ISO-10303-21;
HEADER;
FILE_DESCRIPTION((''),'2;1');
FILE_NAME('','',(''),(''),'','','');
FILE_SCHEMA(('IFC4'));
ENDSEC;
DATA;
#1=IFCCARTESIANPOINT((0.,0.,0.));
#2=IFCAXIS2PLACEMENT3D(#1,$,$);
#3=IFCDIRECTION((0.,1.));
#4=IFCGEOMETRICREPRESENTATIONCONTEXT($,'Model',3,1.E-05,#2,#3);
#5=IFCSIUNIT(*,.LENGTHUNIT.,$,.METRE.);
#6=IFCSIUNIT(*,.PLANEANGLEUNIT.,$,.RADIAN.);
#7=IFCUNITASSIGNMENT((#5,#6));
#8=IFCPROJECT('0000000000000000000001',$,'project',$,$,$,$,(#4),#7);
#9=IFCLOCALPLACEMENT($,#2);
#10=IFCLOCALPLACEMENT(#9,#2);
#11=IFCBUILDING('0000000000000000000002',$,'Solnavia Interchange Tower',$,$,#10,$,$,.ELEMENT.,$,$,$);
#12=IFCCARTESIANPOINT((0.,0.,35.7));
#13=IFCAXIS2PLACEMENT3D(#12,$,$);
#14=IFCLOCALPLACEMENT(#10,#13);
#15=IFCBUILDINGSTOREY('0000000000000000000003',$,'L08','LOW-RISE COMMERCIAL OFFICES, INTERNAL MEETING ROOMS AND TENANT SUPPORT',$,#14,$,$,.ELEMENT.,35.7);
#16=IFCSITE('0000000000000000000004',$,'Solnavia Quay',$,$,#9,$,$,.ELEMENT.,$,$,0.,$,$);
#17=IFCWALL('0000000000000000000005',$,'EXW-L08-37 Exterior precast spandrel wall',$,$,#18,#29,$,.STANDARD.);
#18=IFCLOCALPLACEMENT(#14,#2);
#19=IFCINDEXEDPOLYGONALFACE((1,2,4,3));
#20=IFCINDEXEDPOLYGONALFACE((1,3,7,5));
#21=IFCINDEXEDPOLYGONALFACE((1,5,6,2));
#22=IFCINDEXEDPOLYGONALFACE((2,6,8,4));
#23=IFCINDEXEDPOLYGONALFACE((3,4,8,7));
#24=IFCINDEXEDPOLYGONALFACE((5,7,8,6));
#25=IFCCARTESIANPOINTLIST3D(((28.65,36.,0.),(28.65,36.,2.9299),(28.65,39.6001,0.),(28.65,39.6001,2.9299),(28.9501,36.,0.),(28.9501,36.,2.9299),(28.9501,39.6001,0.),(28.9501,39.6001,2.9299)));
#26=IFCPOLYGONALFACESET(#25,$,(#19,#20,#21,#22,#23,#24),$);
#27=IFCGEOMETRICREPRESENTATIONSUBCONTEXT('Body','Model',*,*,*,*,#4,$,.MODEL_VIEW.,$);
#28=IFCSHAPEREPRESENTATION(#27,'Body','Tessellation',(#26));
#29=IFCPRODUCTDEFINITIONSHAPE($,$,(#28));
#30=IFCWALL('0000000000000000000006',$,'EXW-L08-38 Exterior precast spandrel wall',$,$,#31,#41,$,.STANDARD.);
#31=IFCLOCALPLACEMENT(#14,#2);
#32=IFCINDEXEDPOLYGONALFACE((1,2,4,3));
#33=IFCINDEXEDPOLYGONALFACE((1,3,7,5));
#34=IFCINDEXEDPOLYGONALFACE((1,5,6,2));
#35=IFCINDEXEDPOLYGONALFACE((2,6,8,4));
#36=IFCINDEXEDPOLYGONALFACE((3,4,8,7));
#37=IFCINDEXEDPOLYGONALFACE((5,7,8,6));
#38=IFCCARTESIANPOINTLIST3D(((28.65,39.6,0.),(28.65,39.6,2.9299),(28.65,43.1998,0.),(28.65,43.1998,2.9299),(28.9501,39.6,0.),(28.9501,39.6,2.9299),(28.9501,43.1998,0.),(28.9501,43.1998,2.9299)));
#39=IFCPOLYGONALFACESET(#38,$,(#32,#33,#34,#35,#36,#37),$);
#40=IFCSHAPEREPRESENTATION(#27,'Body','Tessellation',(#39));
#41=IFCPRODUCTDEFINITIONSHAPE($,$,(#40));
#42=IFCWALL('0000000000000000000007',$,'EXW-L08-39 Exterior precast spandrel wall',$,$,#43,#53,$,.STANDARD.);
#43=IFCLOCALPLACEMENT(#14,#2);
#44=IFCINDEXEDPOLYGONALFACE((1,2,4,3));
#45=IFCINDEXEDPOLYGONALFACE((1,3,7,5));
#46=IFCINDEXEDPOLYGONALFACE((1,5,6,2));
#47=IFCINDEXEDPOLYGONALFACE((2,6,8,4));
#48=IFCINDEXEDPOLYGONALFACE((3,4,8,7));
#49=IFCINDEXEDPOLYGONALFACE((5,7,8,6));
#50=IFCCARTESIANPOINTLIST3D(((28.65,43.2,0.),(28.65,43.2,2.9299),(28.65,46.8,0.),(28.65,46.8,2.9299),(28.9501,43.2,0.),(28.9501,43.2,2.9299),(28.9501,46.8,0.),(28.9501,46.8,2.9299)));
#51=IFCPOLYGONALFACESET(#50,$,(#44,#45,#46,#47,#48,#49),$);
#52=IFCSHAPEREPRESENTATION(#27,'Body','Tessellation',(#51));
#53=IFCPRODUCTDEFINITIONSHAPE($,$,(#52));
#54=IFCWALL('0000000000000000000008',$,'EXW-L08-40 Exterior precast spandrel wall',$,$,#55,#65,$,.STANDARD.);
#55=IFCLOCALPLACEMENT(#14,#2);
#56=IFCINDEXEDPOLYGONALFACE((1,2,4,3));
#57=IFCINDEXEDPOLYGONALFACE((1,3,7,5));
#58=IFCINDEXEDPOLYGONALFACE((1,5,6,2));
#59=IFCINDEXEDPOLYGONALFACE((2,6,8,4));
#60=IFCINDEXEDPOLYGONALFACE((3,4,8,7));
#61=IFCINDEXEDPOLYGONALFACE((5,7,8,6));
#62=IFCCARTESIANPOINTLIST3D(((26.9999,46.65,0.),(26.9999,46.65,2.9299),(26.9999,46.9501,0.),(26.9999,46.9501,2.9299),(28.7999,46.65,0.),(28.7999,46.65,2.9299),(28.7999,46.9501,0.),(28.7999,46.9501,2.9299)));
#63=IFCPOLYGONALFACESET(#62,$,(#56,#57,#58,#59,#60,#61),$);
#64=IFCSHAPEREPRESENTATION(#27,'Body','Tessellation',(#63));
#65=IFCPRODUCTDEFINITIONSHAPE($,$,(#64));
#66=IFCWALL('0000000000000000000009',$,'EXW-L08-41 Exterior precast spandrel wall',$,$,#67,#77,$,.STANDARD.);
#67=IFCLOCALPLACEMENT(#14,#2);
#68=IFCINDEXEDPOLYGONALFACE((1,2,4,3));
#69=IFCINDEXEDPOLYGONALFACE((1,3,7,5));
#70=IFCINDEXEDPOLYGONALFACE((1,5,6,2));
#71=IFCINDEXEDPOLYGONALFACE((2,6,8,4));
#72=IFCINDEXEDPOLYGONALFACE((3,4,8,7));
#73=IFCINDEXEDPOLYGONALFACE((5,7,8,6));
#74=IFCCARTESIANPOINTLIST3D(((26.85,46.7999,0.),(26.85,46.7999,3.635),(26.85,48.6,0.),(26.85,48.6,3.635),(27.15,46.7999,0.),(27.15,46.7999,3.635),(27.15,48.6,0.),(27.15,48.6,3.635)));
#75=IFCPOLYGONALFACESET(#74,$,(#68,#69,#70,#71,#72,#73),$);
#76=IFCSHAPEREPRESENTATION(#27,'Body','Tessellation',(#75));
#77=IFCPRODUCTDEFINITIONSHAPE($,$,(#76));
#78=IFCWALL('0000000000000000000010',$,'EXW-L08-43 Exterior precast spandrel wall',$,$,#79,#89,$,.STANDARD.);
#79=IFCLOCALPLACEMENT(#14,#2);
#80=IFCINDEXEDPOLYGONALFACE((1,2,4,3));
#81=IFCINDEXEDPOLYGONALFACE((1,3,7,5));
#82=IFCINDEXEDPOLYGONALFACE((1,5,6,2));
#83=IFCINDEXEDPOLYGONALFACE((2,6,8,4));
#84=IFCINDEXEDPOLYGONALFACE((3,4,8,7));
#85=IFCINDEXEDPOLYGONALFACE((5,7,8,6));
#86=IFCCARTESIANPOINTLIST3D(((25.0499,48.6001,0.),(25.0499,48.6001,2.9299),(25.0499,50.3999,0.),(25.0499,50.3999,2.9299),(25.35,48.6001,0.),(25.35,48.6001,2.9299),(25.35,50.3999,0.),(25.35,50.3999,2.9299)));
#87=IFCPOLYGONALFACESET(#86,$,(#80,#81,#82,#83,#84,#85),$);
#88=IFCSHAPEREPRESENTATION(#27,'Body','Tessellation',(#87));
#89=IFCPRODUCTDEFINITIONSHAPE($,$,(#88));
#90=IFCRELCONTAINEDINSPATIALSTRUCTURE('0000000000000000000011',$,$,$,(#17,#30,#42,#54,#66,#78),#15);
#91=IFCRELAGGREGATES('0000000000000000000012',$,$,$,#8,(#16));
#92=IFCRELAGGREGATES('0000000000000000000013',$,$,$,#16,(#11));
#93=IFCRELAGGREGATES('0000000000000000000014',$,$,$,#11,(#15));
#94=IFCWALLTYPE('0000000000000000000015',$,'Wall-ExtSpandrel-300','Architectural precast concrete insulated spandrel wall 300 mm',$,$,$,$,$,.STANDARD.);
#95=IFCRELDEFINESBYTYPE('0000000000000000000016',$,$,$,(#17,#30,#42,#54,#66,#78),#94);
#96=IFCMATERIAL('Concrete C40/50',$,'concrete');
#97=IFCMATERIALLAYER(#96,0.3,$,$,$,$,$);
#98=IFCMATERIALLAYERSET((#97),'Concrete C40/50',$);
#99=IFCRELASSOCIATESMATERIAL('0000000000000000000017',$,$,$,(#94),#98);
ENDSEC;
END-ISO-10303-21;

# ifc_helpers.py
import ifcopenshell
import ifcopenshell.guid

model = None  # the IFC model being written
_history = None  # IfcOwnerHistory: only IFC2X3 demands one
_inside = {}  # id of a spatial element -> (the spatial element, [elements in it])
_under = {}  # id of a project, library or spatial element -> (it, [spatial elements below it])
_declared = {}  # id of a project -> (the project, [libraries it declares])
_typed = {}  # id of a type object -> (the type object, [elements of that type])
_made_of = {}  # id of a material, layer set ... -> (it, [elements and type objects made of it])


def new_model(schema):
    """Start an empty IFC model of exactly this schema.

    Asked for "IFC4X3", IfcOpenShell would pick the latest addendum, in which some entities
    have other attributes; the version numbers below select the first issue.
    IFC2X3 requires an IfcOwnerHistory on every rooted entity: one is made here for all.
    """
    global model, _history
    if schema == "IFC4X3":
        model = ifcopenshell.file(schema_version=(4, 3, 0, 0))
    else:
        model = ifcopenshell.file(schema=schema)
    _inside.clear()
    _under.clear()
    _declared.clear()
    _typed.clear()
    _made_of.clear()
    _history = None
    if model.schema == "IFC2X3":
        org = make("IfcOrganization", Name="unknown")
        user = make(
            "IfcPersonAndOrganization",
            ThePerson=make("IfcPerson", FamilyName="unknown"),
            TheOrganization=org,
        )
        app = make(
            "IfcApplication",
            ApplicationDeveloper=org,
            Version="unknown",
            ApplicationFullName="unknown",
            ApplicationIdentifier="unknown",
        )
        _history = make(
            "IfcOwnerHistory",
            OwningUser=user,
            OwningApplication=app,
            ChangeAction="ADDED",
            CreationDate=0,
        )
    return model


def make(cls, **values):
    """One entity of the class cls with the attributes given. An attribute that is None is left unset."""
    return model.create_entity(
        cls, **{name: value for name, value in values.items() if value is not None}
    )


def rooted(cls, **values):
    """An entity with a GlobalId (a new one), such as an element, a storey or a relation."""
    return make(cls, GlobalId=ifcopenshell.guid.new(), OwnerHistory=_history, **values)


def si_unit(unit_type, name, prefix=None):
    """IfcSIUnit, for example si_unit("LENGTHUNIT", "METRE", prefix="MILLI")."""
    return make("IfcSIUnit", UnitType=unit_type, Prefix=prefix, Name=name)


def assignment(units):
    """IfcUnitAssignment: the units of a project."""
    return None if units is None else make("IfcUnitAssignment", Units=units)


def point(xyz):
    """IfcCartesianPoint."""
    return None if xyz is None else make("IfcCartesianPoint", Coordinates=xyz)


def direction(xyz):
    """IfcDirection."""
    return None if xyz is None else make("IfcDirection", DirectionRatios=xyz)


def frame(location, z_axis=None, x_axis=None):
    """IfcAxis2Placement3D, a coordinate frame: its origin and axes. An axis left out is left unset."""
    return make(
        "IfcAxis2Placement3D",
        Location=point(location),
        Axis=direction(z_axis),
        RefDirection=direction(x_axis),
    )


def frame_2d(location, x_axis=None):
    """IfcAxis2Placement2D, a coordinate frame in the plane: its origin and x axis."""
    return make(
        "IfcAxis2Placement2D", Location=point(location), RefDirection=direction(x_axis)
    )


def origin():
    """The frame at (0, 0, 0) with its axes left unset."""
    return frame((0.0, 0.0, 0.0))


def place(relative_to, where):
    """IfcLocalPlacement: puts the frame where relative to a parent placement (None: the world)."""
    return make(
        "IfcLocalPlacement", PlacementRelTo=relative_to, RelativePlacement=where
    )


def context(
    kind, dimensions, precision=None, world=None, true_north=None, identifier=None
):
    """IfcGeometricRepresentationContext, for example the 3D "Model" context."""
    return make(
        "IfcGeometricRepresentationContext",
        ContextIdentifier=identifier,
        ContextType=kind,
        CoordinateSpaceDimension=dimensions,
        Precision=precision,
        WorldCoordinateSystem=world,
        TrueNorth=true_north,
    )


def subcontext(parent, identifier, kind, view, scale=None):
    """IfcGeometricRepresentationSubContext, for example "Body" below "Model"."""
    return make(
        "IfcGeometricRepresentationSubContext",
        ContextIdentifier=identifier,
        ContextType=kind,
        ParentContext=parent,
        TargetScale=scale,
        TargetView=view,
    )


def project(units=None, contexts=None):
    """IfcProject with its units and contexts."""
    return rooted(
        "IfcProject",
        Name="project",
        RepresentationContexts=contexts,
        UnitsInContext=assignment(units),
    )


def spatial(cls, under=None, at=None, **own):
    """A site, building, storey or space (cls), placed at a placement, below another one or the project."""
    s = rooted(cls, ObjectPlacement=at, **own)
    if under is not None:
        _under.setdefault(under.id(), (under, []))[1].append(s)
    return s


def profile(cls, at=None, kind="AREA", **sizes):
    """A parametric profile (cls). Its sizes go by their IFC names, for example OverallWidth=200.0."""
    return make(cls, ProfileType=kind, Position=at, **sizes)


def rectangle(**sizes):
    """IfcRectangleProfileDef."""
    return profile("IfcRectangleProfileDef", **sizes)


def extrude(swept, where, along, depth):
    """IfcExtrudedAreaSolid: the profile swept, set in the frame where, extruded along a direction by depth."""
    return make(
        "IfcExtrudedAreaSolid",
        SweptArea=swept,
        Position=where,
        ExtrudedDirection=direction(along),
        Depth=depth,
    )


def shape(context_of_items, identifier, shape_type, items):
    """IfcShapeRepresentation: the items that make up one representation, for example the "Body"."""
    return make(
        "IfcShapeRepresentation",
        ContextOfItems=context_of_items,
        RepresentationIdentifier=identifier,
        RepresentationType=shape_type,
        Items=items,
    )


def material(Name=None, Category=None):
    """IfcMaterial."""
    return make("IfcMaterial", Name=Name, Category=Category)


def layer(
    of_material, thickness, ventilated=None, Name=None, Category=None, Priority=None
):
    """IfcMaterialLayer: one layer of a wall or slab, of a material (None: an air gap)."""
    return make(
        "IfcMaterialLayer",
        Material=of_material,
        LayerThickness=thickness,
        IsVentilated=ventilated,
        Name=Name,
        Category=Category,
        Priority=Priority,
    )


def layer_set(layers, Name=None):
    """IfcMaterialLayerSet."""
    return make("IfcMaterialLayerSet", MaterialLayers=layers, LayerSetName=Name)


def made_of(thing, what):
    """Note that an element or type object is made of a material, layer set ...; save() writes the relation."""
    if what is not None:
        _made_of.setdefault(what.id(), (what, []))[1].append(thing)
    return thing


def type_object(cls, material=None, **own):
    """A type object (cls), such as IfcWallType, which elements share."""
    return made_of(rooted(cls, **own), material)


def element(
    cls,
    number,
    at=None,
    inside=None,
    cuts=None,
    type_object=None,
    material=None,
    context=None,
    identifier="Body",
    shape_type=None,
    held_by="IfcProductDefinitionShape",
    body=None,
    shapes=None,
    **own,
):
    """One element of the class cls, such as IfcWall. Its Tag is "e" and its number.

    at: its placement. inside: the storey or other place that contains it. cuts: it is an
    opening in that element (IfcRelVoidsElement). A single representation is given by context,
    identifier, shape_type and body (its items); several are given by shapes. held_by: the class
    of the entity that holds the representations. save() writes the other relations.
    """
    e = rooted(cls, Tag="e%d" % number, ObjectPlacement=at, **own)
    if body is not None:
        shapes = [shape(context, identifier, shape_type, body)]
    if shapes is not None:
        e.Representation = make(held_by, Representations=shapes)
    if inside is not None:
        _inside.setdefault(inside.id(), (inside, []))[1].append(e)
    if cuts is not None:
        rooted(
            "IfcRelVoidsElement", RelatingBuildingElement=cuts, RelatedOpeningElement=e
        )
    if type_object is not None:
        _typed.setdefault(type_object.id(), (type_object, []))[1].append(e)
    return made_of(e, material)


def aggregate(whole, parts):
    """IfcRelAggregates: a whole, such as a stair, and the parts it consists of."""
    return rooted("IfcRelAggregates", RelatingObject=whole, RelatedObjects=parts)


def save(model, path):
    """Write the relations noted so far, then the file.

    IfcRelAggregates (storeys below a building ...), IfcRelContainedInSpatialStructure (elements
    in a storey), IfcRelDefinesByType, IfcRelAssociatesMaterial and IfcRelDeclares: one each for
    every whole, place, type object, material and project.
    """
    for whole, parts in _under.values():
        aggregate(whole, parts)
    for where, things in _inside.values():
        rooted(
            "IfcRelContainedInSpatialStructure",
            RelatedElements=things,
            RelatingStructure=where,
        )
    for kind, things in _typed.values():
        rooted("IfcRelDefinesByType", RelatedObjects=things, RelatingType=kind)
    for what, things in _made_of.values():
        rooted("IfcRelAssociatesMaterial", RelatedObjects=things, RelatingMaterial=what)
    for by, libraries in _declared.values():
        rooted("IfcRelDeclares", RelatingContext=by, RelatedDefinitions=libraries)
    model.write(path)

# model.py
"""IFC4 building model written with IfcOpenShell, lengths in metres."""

from ifc_helpers import new_model, si_unit, direction, frame, frame_2d, origin, place, context, subcontext, project, spatial, rectangle, extrude, material, layer, layer_set, type_object, element, save


model = new_model("IFC4")

# Units and contexts
model_context = context("Model", 3, precision=1e-05, world=origin(), true_north=direction((0.0, 1.0)))
body_context = subcontext(model_context, "Body", "Model", "MODEL_VIEW")
ifc_project = project(units=[si_unit("LENGTHUNIT", "METRE"), si_unit("PLANEANGLEUNIT", "RADIAN")], contexts=[model_context])

# Site, building, storey
site_placement = place(None, origin())
site = spatial("IfcSite", under=ifc_project, at=site_placement, Name="Solnavia Quay", CompositionType="ELEMENT", RefElevation=0.0)
building_placement = place(site_placement, origin())
building = spatial("IfcBuilding", under=site, at=building_placement, Name="Solnavia Interchange Tower", CompositionType="ELEMENT")
storey_placement = place(building_placement, frame((0.0, 0.0, 35.7)))
storey = spatial("IfcBuildingStorey", under=building, at=storey_placement, Name="L08", Description="LOW-RISE COMMERCIAL OFFICES, INTERNAL MEETING ROOMS AND TENANT SUPPORT", CompositionType="ELEMENT", Elevation=35.7)

# Walls
ifc_material_1 = material(Name="Concrete C40/50", Category="concrete")
ifc_layer = layer(ifc_material_1, 0.3)
ifc_layer_set = layer_set([ifc_layer], Name="Concrete C40/50")
wall_type = type_object("IfcWallType", Name="Wall-ExtSpandrel-300", Description="Architectural precast concrete insulated spandrel wall 300 mm", PredefinedType="STANDARD", material=ifc_layer_set)
for number, where, z_axis, x_axis, name in (
    (1, (28.8, 36.0, 0.0), (0.0, 0.0, 1.0), (0.0, 1.0, 0.0), "EXW-L08-37 Exterior precast spandrel wall"),
):
    element("IfcWall", number, at=place(storey_placement, frame(where, z_axis=z_axis, x_axis=x_axis)), inside=storey, type_object=wall_type, Name=name, PredefinedType="STANDARD", context=body_context, shape_type="SweptSolid", body=[
        extrude(rectangle(XDim=3.6001, YDim=0.3, at=frame_2d((1.8, 0.0))), origin(), (0.0, 0.0, 1.0), 2.9299),
    ])
wall_1_placement = place(storey_placement, frame((28.8, 39.6001, 0.0), z_axis=(0.0, 0.0, 1.0), x_axis=(0.0, 1.0, 0.0)))
element("IfcWall", 2, at=wall_1_placement, inside=storey, type_object=wall_type, Name="EXW-L08-38 Exterior precast spandrel wall", PredefinedType="STANDARD", context=body_context, shape_type="SweptSolid", body=[
    extrude(rectangle(XDim=3.5999, YDim=0.3, at=frame_2d((1.7998, 0.0))), origin(), (0.0, 0.0, 1.0), 2.9299),
])
wall_2_placement = place(storey_placement, frame((28.8, 43.2, 0.0), z_axis=(0.0, 0.0, 1.0), x_axis=(0.0, 1.0, 0.0)))
element("IfcWall", 3, at=wall_2_placement, inside=storey, type_object=wall_type, Name="EXW-L08-39 Exterior precast spandrel wall", PredefinedType="STANDARD", context=body_context, shape_type="SweptSolid", body=[
    extrude(rectangle(XDim=3.6001, YDim=0.3, at=frame_2d((1.8, 0.0))), origin(), (0.0, 0.0, 1.0), 2.9299),
])
wall_3_placement = place(storey_placement, frame((27.0, 46.8, 0.0), z_axis=(0.0, 0.0, 1.0), x_axis=(1.0, 0.0, 0.0)))
element("IfcWall", 4, at=wall_3_placement, inside=storey, type_object=wall_type, Name="EXW-L08-40 Exterior precast spandrel wall", PredefinedType="STANDARD", context=body_context, shape_type="SweptSolid", body=[
    extrude(rectangle(XDim=1.8, YDim=0.3, at=frame_2d((0.8999, 0.0))), origin(), (0.0, 0.0, 1.0), 2.9299),
])
wall_4_placement = place(storey_placement, frame((27.0, 46.8, 0.0), z_axis=(0.0, 0.0, 1.0), x_axis=(0.0, 1.0, 0.0)))
element("IfcWall", 5, at=wall_4_placement, inside=storey, type_object=wall_type, Name="EXW-L08-41 Exterior precast spandrel wall", PredefinedType="STANDARD", context=body_context, shape_type="SweptSolid", body=[
    extrude(rectangle(XDim=1.8, YDim=0.3, at=frame_2d((0.8999, 0.0))), origin(), (0.0, 0.0, 1.0), 3.635),
])
wall_5_placement = place(storey_placement, frame((25.2, 48.6001, 0.0), z_axis=(0.0, 0.0, 1.0), x_axis=(0.0, 1.0, 0.0)))
element("IfcWall", 6, at=wall_5_placement, inside=storey, type_object=wall_type, Name="EXW-L08-43 Exterior precast spandrel wall", PredefinedType="STANDARD", context=body_context, shape_type="SweptSolid", body=[
    extrude(rectangle(XDim=1.7998, YDim=0.3, at=frame_2d((0.8999, 0.0))), origin(), (0.0, 0.0, 1.0), 2.9299),
])

save(model, "model.ifc")
